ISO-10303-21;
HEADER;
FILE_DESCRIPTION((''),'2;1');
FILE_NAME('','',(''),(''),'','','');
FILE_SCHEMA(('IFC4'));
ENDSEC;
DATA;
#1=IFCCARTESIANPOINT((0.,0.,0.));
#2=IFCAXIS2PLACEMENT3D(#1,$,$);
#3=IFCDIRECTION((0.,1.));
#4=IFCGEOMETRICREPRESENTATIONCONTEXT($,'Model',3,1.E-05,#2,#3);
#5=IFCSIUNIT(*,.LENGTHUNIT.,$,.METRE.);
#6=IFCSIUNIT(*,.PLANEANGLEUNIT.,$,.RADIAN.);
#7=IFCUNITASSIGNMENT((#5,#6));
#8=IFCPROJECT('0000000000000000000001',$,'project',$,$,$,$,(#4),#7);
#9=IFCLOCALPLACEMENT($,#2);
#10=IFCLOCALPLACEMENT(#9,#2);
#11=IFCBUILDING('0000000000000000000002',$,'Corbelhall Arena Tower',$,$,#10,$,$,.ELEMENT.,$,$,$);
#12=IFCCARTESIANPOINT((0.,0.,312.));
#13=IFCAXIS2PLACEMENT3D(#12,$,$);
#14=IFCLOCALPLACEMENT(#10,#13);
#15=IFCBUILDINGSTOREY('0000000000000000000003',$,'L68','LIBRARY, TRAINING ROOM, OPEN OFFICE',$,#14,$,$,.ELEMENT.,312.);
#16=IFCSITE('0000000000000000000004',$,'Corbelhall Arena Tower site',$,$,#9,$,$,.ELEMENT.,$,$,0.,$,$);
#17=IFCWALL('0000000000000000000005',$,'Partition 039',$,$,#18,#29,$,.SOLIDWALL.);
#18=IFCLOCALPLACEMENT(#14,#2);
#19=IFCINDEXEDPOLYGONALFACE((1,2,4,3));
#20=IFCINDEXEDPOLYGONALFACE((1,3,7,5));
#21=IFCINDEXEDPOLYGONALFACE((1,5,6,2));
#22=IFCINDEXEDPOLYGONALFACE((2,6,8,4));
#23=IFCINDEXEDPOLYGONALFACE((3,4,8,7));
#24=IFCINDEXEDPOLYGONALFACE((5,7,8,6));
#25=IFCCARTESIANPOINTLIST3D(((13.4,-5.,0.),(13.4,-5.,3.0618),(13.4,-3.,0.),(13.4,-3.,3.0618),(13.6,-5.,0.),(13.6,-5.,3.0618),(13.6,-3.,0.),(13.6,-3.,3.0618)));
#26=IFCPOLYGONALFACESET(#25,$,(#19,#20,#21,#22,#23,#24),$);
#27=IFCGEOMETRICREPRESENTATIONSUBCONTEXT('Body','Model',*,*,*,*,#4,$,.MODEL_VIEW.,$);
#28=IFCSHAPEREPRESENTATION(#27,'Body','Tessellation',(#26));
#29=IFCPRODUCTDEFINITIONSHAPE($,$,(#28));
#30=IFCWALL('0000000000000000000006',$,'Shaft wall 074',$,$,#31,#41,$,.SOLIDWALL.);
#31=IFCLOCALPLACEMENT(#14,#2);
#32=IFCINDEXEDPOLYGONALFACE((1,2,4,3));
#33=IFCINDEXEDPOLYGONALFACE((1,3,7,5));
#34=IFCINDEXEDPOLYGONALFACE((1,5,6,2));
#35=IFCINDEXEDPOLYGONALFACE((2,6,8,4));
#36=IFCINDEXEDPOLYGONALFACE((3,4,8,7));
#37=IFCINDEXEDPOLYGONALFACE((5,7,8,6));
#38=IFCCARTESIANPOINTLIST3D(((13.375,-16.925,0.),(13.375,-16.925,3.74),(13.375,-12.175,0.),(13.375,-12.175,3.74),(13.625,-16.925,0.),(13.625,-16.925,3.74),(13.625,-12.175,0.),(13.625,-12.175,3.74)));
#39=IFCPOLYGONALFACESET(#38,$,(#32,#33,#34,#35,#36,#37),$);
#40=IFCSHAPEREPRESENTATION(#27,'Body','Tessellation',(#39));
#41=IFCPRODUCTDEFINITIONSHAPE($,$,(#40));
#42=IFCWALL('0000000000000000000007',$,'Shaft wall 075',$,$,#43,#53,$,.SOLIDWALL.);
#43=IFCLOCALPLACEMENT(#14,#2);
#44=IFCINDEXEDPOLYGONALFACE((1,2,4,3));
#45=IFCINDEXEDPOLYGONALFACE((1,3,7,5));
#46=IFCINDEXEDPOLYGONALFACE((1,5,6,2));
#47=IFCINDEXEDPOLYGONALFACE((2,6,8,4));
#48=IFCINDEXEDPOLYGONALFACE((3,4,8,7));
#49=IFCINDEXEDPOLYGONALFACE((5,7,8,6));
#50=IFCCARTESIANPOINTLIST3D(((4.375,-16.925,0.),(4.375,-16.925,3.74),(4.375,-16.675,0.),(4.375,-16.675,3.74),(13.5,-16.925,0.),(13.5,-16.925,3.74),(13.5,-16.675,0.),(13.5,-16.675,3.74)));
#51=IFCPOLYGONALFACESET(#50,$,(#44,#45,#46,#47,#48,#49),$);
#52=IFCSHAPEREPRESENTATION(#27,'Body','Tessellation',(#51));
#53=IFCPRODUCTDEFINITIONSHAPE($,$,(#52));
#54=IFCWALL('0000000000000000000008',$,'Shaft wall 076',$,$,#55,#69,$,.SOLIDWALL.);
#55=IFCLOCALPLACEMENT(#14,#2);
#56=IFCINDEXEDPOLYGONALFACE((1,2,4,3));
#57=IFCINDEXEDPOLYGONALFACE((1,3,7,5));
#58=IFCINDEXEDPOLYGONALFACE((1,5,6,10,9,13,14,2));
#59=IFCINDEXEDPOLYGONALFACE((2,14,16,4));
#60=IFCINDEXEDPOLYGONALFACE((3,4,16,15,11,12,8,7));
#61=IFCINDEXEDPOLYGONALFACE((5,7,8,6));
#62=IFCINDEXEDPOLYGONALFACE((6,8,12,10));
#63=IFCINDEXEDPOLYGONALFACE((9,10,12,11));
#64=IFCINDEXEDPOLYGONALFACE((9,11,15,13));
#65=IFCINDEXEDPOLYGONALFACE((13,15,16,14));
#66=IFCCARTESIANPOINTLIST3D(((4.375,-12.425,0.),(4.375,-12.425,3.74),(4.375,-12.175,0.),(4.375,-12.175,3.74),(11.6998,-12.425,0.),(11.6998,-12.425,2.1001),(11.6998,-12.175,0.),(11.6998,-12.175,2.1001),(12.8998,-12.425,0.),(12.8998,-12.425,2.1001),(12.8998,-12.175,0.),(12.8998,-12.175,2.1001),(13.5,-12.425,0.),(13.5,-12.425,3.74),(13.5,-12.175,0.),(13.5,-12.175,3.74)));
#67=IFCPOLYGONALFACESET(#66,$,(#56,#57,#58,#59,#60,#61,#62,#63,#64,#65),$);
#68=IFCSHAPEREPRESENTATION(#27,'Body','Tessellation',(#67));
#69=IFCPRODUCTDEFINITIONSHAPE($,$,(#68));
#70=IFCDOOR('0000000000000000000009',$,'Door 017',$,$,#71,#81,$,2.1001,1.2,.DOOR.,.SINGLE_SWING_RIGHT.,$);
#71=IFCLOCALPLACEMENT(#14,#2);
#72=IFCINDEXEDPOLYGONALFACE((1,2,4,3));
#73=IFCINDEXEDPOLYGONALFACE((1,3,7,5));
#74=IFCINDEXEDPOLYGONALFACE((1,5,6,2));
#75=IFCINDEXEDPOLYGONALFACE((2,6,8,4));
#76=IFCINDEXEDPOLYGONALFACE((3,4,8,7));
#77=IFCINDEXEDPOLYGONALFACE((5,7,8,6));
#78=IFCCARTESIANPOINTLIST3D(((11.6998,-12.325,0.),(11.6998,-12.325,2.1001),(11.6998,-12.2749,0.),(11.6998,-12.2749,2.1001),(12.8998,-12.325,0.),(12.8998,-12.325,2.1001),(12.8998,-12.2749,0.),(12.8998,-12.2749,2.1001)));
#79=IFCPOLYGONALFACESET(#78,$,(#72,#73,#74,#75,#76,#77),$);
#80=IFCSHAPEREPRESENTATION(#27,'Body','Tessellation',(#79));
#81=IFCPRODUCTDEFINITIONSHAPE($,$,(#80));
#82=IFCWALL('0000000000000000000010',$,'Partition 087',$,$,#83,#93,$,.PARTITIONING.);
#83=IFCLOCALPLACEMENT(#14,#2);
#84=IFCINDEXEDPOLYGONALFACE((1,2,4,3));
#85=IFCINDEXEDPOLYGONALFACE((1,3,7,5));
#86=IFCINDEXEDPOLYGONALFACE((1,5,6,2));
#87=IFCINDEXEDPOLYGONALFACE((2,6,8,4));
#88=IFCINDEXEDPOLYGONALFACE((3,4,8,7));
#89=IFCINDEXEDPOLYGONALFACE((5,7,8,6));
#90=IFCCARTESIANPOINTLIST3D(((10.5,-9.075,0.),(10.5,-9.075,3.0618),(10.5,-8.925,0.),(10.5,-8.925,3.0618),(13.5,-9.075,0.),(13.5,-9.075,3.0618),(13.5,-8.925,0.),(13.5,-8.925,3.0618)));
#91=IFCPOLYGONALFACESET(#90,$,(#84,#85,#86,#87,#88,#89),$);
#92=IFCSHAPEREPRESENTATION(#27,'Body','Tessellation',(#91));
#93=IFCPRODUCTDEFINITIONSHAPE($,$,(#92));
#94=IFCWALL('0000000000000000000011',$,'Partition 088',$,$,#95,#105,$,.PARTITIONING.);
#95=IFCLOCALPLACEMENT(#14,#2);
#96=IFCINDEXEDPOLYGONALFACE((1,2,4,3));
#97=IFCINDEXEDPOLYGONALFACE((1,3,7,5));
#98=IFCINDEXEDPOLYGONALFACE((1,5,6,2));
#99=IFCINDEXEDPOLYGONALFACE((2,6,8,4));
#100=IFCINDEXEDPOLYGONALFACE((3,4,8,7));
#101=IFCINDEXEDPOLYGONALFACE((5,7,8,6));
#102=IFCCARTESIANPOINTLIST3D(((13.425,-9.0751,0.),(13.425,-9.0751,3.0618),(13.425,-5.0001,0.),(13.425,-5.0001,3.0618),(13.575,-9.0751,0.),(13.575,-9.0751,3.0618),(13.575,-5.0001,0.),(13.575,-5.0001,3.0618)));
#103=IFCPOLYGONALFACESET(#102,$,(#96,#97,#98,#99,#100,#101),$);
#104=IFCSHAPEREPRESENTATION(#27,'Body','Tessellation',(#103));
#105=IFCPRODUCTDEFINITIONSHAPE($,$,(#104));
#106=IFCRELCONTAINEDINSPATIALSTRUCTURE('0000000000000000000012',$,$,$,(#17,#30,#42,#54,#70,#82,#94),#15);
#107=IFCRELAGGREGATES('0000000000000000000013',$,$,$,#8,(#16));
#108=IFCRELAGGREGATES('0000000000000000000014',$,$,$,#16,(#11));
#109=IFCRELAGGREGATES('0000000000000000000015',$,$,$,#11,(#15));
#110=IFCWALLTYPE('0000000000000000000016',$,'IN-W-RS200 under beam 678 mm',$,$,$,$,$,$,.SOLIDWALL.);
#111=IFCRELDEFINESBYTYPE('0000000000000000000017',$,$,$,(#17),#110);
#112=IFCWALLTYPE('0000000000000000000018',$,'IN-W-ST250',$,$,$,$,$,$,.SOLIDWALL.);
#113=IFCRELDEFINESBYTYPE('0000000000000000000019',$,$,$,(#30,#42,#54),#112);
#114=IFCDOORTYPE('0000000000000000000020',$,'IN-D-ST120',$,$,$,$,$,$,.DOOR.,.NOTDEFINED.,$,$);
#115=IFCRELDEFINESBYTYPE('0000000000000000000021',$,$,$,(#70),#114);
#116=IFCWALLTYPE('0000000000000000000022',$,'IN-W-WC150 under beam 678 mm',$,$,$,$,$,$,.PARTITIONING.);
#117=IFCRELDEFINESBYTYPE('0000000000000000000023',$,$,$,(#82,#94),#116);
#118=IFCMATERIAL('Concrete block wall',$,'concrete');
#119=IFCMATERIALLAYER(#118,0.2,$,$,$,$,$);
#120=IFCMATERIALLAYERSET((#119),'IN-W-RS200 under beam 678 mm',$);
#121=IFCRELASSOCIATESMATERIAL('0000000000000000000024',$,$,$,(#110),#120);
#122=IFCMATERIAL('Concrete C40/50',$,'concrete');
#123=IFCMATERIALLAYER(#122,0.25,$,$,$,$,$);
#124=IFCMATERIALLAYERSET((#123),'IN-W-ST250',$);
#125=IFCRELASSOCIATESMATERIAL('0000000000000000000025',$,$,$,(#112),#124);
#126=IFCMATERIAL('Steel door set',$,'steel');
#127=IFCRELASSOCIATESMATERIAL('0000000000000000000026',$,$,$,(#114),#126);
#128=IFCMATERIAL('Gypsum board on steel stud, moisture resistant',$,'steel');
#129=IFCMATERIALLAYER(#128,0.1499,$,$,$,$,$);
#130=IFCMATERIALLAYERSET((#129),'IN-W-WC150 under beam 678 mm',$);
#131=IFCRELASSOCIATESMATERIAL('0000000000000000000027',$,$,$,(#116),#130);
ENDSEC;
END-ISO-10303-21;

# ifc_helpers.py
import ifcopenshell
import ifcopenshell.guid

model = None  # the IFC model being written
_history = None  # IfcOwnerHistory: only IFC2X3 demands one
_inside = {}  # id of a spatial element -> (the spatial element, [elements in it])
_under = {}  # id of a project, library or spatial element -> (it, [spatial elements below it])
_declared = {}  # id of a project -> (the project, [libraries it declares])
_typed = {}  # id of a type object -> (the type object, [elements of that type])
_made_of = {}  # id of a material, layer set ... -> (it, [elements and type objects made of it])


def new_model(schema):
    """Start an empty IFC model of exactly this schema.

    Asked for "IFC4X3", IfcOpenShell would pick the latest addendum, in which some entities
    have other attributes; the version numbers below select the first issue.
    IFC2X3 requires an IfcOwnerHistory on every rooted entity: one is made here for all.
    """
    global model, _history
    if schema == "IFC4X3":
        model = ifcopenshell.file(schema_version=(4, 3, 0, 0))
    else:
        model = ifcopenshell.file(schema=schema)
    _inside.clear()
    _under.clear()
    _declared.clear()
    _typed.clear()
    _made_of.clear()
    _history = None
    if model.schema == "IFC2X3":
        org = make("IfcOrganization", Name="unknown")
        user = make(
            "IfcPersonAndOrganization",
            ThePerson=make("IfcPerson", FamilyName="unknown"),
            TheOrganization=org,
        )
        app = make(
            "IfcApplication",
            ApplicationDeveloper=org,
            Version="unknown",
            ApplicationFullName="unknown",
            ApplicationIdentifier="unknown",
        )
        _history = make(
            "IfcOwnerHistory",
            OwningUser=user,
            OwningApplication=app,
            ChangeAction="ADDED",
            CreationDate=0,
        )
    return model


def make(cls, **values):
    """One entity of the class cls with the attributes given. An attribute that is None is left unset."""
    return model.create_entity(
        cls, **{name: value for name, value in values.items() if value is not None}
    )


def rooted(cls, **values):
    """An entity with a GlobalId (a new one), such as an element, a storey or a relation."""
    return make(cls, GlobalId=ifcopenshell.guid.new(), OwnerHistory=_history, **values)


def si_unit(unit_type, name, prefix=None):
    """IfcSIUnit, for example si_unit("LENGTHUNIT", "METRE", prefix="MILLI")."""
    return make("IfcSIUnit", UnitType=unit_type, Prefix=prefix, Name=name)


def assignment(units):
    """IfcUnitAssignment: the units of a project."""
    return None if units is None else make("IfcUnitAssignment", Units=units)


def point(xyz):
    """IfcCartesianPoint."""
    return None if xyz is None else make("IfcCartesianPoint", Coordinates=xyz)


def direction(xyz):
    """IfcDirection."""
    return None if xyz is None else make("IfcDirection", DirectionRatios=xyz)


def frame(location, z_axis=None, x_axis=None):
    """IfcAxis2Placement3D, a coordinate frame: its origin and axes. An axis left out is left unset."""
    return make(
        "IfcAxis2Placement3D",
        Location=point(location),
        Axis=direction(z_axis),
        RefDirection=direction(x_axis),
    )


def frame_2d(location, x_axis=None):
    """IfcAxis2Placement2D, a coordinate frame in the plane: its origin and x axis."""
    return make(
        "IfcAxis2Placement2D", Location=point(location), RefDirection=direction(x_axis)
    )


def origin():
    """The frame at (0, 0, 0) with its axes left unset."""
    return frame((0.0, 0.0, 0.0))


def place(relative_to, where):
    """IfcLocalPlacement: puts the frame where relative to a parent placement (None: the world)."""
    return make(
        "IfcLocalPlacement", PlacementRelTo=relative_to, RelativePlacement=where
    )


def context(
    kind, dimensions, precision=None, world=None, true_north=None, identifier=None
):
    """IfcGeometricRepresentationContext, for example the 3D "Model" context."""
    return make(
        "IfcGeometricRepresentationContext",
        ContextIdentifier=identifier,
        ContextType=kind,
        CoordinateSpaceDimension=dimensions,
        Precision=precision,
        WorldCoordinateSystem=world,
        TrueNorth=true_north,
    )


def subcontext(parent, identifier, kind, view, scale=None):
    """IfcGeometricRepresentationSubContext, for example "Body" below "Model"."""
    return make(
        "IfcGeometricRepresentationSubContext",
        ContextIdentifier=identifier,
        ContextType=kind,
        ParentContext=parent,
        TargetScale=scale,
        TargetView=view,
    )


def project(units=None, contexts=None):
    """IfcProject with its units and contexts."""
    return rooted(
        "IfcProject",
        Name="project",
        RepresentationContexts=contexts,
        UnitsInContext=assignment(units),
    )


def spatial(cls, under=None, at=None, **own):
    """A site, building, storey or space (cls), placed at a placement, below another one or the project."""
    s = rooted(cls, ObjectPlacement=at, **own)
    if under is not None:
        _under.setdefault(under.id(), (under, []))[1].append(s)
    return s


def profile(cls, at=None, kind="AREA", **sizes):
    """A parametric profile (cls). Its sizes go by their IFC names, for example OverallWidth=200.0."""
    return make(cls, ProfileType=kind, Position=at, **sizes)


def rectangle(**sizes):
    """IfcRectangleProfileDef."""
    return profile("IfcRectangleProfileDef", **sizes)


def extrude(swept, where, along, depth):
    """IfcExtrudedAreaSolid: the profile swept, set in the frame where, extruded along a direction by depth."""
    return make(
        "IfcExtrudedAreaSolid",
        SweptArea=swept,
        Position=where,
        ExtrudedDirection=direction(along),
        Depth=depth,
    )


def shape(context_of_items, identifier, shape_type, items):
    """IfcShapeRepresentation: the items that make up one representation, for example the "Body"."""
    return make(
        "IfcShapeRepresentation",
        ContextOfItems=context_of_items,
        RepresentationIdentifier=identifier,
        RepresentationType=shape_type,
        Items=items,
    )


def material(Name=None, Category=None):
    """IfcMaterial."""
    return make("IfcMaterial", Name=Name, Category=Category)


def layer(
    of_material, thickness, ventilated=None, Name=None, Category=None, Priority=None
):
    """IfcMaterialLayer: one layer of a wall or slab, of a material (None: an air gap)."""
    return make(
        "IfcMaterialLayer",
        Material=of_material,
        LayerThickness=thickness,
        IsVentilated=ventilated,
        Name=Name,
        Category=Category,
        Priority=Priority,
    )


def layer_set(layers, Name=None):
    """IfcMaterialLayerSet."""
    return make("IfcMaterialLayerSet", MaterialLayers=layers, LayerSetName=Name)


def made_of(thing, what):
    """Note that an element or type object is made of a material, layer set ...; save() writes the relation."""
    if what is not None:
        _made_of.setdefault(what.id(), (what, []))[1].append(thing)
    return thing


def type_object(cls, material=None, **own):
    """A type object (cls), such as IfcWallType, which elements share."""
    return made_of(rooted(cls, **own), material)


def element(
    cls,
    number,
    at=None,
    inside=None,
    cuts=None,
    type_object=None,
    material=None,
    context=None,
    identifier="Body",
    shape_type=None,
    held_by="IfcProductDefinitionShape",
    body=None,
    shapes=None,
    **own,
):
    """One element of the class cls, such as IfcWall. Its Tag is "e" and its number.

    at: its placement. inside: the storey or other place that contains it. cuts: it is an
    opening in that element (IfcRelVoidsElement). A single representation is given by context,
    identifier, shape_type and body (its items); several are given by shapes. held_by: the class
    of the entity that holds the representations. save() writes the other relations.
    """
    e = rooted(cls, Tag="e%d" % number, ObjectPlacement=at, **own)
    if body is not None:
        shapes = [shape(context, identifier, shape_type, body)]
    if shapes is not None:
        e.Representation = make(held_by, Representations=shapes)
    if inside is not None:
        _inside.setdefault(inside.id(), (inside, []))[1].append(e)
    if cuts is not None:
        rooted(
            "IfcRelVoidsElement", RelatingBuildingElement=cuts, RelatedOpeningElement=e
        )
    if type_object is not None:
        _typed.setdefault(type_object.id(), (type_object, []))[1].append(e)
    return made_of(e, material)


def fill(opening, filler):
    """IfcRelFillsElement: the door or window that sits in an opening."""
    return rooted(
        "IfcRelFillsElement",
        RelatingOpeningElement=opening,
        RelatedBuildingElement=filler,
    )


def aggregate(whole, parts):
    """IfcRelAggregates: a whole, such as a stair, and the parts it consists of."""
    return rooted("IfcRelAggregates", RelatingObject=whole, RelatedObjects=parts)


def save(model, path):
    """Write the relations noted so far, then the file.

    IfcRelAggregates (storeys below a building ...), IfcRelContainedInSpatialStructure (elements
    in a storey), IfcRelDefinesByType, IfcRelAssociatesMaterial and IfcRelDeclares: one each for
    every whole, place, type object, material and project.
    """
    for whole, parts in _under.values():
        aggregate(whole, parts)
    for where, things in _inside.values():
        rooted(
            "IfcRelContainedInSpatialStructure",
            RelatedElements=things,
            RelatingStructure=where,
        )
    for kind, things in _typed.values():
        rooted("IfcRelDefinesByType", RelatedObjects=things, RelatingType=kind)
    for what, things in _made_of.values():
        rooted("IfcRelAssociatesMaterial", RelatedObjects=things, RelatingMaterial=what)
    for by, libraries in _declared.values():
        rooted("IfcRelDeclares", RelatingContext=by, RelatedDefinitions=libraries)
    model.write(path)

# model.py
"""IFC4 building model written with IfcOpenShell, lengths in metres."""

from ifc_helpers import new_model, si_unit, direction, frame, frame_2d, origin, place, context, subcontext, project, spatial, rectangle, extrude, material, layer, layer_set, type_object, element, fill, save


model = new_model("IFC4")

# Units and contexts
model_context = context("Model", 3, precision=1e-05, world=origin(), true_north=direction((0.0, 1.0)))
body_context = subcontext(model_context, "Body", "Model", "MODEL_VIEW")
ifc_project = project(units=[si_unit("LENGTHUNIT", "METRE"), si_unit("PLANEANGLEUNIT", "RADIAN")], contexts=[model_context])

# Site, building, storey
site_placement = place(None, origin())
site = spatial("IfcSite", under=ifc_project, at=site_placement, Name="Corbelhall Arena Tower site", CompositionType="ELEMENT", RefElevation=0.0)
building_placement = place(site_placement, origin())
building = spatial("IfcBuilding", under=site, at=building_placement, Name="Corbelhall Arena Tower", CompositionType="ELEMENT")
storey_placement = place(building_placement, frame((0.0, 0.0, 312.0)))
storey = spatial("IfcBuildingStorey", under=building, at=storey_placement, Name="L68", Description="LIBRARY, TRAINING ROOM, OPEN OFFICE", CompositionType="ELEMENT", Elevation=312.0)

# Walls
ifc_material_1 = material(Name="Concrete block wall", Category="concrete")
ifc_layer_1 = layer(ifc_material_1, 0.2)
ifc_layer_set_1 = layer_set([ifc_layer_1], Name="IN-W-RS200 under beam 678 mm")
wall_type_1 = type_object("IfcWallType", Name="IN-W-RS200 under beam 678 mm", PredefinedType="SOLIDWALL", material=ifc_layer_set_1)
wall_1_placement = place(storey_placement, frame((13.5, -3.0, 0.0), z_axis=(0.0, 0.0, 1.0), x_axis=(0.0, -1.0, 0.0)))
element("IfcWall", 1, at=wall_1_placement, inside=storey, type_object=wall_type_1, Name="Partition 039", PredefinedType="SOLIDWALL", context=body_context, shape_type="SweptSolid", body=[
    extrude(rectangle(XDim=2.0, YDim=0.2, at=frame_2d((1.0, 0.0))), origin(), (0.0, 0.0, 1.0), 3.0618),
])
ifc_material_2 = material(Name="Concrete C40/50", Category="concrete")
ifc_layer_2 = layer(ifc_material_2, 0.25)
ifc_layer_set_2 = layer_set([ifc_layer_2], Name="IN-W-ST250")
wall_type_2 = type_object("IfcWallType", Name="IN-W-ST250", PredefinedType="SOLIDWALL", material=ifc_layer_set_2)
wall_2_placement = place(storey_placement, frame((13.5, -16.925, 0.0), z_axis=(0.0, 0.0, 1.0), x_axis=(0.0, 1.0, 0.0)))
element("IfcWall", 2, at=wall_2_placement, inside=storey, type_object=wall_type_2, Name="Shaft wall 074", PredefinedType="SOLIDWALL", context=body_context, shape_type="SweptSolid", body=[
    extrude(rectangle(XDim=4.75, YDim=0.25, at=frame_2d((2.375, 0.0))), origin(), (0.0, 0.0, 1.0), 3.74),
])
wall_3_placement = place(storey_placement, frame((13.5, -16.8, 0.0), z_axis=(0.0, 0.0, 1.0), x_axis=(-1.0, 0.0, 0.0)))
element("IfcWall", 3, at=wall_3_placement, inside=storey, type_object=wall_type_2, Name="Shaft wall 075", PredefinedType="SOLIDWALL", context=body_context, shape_type="SweptSolid", body=[
    extrude(rectangle(XDim=9.125, YDim=0.25, at=frame_2d((4.5625, 0.0))), origin(), (0.0, 0.0, 1.0), 3.74),
])

# Wall, opening, door
wall_4_placement = place(storey_placement, frame((13.5, -12.3, 0.0), z_axis=(0.0, 0.0, 1.0), x_axis=(-1.0, 0.0, 0.0)))
wall_4 = element("IfcWall", 4, at=wall_4_placement, inside=storey, type_object=wall_type_2, Name="Shaft wall 076", PredefinedType="SOLIDWALL", context=body_context, shape_type="SweptSolid", body=[
    extrude(rectangle(XDim=9.125, YDim=0.25, at=frame_2d((4.5625, 0.0))), origin(), (0.0, 0.0, 1.0), 3.74),
])
opening_1_placement = place(wall_4_placement, frame((0.6001, 0.0, 0.0)))
opening_1 = element("IfcOpeningElement", 5, at=opening_1_placement, cuts=wall_4, PredefinedType="OPENING", context=body_context, shape_type="SweptSolid", body=[
    extrude(rectangle(XDim=1.2, YDim=2.1001, at=frame_2d((0.6001, 1.05))), frame((0.0, 0.125, 0.0), z_axis=(0.0, -1.0, 0.0), x_axis=(1.0, 0.0, 0.0)), (0.0, 0.0, 1.0), 0.25),
])
ifc_material_3 = material(Name="Steel door set", Category="steel")
door_type = type_object("IfcDoorType", Name="IN-D-ST120", OperationType="NOTDEFINED", PredefinedType="DOOR", material=ifc_material_3)
door_placement = place(opening_1_placement, origin())
door = element("IfcDoor", 6, at=door_placement, inside=storey, type_object=door_type, Name="Door 017", OperationType="SINGLE_SWING_RIGHT", OverallHeight=2.1001, OverallWidth=1.2, PredefinedType="DOOR", context=body_context, shape_type="SweptSolid", body=[
    extrude(rectangle(XDim=1.2, YDim=2.1001, at=frame_2d((0.6001, 1.05))), frame((0.0, 0.0249, 0.0), z_axis=(0.0, -1.0, 0.0), x_axis=(1.0, 0.0, 0.0)), (0.0, 0.0, 1.0), 0.05),
])
fill(opening_1, door)

# Walls
ifc_material_4 = material(Name="Gypsum board on steel stud, moisture resistant", Category="steel")
ifc_layer_3 = layer(ifc_material_4, 0.1499)
ifc_layer_set_3 = layer_set([ifc_layer_3], Name="IN-W-WC150 under beam 678 mm")
wall_type_3 = type_object("IfcWallType", Name="IN-W-WC150 under beam 678 mm", PredefinedType="PARTITIONING", material=ifc_layer_set_3)
wall_5_placement = place(storey_placement, frame((13.5, -9.0, 0.0), z_axis=(0.0, 0.0, 1.0), x_axis=(-1.0, 0.0, 0.0)))
element("IfcWall", 7, at=wall_5_placement, inside=storey, type_object=wall_type_3, Name="Partition 087", PredefinedType="PARTITIONING", context=body_context, shape_type="SweptSolid", body=[
    extrude(rectangle(XDim=3.0, YDim=0.1499, at=frame_2d((1.5, 0.0))), origin(), (0.0, 0.0, 1.0), 3.0618),
])
wall_6_placement = place(storey_placement, frame((13.5, -5.0, 0.0), z_axis=(0.0, 0.0, 1.0), x_axis=(0.0, -1.0, 0.0)))
element("IfcWall", 8, at=wall_6_placement, inside=storey, type_object=wall_type_3, Name="Partition 088", PredefinedType="PARTITIONING", context=body_context, shape_type="SweptSolid", body=[
    extrude(rectangle(XDim=4.075, YDim=0.1499, at=frame_2d((2.0376, 0.0))), origin(), (0.0, 0.0, 1.0), 3.0618),
])

save(model, "model.ifc")
